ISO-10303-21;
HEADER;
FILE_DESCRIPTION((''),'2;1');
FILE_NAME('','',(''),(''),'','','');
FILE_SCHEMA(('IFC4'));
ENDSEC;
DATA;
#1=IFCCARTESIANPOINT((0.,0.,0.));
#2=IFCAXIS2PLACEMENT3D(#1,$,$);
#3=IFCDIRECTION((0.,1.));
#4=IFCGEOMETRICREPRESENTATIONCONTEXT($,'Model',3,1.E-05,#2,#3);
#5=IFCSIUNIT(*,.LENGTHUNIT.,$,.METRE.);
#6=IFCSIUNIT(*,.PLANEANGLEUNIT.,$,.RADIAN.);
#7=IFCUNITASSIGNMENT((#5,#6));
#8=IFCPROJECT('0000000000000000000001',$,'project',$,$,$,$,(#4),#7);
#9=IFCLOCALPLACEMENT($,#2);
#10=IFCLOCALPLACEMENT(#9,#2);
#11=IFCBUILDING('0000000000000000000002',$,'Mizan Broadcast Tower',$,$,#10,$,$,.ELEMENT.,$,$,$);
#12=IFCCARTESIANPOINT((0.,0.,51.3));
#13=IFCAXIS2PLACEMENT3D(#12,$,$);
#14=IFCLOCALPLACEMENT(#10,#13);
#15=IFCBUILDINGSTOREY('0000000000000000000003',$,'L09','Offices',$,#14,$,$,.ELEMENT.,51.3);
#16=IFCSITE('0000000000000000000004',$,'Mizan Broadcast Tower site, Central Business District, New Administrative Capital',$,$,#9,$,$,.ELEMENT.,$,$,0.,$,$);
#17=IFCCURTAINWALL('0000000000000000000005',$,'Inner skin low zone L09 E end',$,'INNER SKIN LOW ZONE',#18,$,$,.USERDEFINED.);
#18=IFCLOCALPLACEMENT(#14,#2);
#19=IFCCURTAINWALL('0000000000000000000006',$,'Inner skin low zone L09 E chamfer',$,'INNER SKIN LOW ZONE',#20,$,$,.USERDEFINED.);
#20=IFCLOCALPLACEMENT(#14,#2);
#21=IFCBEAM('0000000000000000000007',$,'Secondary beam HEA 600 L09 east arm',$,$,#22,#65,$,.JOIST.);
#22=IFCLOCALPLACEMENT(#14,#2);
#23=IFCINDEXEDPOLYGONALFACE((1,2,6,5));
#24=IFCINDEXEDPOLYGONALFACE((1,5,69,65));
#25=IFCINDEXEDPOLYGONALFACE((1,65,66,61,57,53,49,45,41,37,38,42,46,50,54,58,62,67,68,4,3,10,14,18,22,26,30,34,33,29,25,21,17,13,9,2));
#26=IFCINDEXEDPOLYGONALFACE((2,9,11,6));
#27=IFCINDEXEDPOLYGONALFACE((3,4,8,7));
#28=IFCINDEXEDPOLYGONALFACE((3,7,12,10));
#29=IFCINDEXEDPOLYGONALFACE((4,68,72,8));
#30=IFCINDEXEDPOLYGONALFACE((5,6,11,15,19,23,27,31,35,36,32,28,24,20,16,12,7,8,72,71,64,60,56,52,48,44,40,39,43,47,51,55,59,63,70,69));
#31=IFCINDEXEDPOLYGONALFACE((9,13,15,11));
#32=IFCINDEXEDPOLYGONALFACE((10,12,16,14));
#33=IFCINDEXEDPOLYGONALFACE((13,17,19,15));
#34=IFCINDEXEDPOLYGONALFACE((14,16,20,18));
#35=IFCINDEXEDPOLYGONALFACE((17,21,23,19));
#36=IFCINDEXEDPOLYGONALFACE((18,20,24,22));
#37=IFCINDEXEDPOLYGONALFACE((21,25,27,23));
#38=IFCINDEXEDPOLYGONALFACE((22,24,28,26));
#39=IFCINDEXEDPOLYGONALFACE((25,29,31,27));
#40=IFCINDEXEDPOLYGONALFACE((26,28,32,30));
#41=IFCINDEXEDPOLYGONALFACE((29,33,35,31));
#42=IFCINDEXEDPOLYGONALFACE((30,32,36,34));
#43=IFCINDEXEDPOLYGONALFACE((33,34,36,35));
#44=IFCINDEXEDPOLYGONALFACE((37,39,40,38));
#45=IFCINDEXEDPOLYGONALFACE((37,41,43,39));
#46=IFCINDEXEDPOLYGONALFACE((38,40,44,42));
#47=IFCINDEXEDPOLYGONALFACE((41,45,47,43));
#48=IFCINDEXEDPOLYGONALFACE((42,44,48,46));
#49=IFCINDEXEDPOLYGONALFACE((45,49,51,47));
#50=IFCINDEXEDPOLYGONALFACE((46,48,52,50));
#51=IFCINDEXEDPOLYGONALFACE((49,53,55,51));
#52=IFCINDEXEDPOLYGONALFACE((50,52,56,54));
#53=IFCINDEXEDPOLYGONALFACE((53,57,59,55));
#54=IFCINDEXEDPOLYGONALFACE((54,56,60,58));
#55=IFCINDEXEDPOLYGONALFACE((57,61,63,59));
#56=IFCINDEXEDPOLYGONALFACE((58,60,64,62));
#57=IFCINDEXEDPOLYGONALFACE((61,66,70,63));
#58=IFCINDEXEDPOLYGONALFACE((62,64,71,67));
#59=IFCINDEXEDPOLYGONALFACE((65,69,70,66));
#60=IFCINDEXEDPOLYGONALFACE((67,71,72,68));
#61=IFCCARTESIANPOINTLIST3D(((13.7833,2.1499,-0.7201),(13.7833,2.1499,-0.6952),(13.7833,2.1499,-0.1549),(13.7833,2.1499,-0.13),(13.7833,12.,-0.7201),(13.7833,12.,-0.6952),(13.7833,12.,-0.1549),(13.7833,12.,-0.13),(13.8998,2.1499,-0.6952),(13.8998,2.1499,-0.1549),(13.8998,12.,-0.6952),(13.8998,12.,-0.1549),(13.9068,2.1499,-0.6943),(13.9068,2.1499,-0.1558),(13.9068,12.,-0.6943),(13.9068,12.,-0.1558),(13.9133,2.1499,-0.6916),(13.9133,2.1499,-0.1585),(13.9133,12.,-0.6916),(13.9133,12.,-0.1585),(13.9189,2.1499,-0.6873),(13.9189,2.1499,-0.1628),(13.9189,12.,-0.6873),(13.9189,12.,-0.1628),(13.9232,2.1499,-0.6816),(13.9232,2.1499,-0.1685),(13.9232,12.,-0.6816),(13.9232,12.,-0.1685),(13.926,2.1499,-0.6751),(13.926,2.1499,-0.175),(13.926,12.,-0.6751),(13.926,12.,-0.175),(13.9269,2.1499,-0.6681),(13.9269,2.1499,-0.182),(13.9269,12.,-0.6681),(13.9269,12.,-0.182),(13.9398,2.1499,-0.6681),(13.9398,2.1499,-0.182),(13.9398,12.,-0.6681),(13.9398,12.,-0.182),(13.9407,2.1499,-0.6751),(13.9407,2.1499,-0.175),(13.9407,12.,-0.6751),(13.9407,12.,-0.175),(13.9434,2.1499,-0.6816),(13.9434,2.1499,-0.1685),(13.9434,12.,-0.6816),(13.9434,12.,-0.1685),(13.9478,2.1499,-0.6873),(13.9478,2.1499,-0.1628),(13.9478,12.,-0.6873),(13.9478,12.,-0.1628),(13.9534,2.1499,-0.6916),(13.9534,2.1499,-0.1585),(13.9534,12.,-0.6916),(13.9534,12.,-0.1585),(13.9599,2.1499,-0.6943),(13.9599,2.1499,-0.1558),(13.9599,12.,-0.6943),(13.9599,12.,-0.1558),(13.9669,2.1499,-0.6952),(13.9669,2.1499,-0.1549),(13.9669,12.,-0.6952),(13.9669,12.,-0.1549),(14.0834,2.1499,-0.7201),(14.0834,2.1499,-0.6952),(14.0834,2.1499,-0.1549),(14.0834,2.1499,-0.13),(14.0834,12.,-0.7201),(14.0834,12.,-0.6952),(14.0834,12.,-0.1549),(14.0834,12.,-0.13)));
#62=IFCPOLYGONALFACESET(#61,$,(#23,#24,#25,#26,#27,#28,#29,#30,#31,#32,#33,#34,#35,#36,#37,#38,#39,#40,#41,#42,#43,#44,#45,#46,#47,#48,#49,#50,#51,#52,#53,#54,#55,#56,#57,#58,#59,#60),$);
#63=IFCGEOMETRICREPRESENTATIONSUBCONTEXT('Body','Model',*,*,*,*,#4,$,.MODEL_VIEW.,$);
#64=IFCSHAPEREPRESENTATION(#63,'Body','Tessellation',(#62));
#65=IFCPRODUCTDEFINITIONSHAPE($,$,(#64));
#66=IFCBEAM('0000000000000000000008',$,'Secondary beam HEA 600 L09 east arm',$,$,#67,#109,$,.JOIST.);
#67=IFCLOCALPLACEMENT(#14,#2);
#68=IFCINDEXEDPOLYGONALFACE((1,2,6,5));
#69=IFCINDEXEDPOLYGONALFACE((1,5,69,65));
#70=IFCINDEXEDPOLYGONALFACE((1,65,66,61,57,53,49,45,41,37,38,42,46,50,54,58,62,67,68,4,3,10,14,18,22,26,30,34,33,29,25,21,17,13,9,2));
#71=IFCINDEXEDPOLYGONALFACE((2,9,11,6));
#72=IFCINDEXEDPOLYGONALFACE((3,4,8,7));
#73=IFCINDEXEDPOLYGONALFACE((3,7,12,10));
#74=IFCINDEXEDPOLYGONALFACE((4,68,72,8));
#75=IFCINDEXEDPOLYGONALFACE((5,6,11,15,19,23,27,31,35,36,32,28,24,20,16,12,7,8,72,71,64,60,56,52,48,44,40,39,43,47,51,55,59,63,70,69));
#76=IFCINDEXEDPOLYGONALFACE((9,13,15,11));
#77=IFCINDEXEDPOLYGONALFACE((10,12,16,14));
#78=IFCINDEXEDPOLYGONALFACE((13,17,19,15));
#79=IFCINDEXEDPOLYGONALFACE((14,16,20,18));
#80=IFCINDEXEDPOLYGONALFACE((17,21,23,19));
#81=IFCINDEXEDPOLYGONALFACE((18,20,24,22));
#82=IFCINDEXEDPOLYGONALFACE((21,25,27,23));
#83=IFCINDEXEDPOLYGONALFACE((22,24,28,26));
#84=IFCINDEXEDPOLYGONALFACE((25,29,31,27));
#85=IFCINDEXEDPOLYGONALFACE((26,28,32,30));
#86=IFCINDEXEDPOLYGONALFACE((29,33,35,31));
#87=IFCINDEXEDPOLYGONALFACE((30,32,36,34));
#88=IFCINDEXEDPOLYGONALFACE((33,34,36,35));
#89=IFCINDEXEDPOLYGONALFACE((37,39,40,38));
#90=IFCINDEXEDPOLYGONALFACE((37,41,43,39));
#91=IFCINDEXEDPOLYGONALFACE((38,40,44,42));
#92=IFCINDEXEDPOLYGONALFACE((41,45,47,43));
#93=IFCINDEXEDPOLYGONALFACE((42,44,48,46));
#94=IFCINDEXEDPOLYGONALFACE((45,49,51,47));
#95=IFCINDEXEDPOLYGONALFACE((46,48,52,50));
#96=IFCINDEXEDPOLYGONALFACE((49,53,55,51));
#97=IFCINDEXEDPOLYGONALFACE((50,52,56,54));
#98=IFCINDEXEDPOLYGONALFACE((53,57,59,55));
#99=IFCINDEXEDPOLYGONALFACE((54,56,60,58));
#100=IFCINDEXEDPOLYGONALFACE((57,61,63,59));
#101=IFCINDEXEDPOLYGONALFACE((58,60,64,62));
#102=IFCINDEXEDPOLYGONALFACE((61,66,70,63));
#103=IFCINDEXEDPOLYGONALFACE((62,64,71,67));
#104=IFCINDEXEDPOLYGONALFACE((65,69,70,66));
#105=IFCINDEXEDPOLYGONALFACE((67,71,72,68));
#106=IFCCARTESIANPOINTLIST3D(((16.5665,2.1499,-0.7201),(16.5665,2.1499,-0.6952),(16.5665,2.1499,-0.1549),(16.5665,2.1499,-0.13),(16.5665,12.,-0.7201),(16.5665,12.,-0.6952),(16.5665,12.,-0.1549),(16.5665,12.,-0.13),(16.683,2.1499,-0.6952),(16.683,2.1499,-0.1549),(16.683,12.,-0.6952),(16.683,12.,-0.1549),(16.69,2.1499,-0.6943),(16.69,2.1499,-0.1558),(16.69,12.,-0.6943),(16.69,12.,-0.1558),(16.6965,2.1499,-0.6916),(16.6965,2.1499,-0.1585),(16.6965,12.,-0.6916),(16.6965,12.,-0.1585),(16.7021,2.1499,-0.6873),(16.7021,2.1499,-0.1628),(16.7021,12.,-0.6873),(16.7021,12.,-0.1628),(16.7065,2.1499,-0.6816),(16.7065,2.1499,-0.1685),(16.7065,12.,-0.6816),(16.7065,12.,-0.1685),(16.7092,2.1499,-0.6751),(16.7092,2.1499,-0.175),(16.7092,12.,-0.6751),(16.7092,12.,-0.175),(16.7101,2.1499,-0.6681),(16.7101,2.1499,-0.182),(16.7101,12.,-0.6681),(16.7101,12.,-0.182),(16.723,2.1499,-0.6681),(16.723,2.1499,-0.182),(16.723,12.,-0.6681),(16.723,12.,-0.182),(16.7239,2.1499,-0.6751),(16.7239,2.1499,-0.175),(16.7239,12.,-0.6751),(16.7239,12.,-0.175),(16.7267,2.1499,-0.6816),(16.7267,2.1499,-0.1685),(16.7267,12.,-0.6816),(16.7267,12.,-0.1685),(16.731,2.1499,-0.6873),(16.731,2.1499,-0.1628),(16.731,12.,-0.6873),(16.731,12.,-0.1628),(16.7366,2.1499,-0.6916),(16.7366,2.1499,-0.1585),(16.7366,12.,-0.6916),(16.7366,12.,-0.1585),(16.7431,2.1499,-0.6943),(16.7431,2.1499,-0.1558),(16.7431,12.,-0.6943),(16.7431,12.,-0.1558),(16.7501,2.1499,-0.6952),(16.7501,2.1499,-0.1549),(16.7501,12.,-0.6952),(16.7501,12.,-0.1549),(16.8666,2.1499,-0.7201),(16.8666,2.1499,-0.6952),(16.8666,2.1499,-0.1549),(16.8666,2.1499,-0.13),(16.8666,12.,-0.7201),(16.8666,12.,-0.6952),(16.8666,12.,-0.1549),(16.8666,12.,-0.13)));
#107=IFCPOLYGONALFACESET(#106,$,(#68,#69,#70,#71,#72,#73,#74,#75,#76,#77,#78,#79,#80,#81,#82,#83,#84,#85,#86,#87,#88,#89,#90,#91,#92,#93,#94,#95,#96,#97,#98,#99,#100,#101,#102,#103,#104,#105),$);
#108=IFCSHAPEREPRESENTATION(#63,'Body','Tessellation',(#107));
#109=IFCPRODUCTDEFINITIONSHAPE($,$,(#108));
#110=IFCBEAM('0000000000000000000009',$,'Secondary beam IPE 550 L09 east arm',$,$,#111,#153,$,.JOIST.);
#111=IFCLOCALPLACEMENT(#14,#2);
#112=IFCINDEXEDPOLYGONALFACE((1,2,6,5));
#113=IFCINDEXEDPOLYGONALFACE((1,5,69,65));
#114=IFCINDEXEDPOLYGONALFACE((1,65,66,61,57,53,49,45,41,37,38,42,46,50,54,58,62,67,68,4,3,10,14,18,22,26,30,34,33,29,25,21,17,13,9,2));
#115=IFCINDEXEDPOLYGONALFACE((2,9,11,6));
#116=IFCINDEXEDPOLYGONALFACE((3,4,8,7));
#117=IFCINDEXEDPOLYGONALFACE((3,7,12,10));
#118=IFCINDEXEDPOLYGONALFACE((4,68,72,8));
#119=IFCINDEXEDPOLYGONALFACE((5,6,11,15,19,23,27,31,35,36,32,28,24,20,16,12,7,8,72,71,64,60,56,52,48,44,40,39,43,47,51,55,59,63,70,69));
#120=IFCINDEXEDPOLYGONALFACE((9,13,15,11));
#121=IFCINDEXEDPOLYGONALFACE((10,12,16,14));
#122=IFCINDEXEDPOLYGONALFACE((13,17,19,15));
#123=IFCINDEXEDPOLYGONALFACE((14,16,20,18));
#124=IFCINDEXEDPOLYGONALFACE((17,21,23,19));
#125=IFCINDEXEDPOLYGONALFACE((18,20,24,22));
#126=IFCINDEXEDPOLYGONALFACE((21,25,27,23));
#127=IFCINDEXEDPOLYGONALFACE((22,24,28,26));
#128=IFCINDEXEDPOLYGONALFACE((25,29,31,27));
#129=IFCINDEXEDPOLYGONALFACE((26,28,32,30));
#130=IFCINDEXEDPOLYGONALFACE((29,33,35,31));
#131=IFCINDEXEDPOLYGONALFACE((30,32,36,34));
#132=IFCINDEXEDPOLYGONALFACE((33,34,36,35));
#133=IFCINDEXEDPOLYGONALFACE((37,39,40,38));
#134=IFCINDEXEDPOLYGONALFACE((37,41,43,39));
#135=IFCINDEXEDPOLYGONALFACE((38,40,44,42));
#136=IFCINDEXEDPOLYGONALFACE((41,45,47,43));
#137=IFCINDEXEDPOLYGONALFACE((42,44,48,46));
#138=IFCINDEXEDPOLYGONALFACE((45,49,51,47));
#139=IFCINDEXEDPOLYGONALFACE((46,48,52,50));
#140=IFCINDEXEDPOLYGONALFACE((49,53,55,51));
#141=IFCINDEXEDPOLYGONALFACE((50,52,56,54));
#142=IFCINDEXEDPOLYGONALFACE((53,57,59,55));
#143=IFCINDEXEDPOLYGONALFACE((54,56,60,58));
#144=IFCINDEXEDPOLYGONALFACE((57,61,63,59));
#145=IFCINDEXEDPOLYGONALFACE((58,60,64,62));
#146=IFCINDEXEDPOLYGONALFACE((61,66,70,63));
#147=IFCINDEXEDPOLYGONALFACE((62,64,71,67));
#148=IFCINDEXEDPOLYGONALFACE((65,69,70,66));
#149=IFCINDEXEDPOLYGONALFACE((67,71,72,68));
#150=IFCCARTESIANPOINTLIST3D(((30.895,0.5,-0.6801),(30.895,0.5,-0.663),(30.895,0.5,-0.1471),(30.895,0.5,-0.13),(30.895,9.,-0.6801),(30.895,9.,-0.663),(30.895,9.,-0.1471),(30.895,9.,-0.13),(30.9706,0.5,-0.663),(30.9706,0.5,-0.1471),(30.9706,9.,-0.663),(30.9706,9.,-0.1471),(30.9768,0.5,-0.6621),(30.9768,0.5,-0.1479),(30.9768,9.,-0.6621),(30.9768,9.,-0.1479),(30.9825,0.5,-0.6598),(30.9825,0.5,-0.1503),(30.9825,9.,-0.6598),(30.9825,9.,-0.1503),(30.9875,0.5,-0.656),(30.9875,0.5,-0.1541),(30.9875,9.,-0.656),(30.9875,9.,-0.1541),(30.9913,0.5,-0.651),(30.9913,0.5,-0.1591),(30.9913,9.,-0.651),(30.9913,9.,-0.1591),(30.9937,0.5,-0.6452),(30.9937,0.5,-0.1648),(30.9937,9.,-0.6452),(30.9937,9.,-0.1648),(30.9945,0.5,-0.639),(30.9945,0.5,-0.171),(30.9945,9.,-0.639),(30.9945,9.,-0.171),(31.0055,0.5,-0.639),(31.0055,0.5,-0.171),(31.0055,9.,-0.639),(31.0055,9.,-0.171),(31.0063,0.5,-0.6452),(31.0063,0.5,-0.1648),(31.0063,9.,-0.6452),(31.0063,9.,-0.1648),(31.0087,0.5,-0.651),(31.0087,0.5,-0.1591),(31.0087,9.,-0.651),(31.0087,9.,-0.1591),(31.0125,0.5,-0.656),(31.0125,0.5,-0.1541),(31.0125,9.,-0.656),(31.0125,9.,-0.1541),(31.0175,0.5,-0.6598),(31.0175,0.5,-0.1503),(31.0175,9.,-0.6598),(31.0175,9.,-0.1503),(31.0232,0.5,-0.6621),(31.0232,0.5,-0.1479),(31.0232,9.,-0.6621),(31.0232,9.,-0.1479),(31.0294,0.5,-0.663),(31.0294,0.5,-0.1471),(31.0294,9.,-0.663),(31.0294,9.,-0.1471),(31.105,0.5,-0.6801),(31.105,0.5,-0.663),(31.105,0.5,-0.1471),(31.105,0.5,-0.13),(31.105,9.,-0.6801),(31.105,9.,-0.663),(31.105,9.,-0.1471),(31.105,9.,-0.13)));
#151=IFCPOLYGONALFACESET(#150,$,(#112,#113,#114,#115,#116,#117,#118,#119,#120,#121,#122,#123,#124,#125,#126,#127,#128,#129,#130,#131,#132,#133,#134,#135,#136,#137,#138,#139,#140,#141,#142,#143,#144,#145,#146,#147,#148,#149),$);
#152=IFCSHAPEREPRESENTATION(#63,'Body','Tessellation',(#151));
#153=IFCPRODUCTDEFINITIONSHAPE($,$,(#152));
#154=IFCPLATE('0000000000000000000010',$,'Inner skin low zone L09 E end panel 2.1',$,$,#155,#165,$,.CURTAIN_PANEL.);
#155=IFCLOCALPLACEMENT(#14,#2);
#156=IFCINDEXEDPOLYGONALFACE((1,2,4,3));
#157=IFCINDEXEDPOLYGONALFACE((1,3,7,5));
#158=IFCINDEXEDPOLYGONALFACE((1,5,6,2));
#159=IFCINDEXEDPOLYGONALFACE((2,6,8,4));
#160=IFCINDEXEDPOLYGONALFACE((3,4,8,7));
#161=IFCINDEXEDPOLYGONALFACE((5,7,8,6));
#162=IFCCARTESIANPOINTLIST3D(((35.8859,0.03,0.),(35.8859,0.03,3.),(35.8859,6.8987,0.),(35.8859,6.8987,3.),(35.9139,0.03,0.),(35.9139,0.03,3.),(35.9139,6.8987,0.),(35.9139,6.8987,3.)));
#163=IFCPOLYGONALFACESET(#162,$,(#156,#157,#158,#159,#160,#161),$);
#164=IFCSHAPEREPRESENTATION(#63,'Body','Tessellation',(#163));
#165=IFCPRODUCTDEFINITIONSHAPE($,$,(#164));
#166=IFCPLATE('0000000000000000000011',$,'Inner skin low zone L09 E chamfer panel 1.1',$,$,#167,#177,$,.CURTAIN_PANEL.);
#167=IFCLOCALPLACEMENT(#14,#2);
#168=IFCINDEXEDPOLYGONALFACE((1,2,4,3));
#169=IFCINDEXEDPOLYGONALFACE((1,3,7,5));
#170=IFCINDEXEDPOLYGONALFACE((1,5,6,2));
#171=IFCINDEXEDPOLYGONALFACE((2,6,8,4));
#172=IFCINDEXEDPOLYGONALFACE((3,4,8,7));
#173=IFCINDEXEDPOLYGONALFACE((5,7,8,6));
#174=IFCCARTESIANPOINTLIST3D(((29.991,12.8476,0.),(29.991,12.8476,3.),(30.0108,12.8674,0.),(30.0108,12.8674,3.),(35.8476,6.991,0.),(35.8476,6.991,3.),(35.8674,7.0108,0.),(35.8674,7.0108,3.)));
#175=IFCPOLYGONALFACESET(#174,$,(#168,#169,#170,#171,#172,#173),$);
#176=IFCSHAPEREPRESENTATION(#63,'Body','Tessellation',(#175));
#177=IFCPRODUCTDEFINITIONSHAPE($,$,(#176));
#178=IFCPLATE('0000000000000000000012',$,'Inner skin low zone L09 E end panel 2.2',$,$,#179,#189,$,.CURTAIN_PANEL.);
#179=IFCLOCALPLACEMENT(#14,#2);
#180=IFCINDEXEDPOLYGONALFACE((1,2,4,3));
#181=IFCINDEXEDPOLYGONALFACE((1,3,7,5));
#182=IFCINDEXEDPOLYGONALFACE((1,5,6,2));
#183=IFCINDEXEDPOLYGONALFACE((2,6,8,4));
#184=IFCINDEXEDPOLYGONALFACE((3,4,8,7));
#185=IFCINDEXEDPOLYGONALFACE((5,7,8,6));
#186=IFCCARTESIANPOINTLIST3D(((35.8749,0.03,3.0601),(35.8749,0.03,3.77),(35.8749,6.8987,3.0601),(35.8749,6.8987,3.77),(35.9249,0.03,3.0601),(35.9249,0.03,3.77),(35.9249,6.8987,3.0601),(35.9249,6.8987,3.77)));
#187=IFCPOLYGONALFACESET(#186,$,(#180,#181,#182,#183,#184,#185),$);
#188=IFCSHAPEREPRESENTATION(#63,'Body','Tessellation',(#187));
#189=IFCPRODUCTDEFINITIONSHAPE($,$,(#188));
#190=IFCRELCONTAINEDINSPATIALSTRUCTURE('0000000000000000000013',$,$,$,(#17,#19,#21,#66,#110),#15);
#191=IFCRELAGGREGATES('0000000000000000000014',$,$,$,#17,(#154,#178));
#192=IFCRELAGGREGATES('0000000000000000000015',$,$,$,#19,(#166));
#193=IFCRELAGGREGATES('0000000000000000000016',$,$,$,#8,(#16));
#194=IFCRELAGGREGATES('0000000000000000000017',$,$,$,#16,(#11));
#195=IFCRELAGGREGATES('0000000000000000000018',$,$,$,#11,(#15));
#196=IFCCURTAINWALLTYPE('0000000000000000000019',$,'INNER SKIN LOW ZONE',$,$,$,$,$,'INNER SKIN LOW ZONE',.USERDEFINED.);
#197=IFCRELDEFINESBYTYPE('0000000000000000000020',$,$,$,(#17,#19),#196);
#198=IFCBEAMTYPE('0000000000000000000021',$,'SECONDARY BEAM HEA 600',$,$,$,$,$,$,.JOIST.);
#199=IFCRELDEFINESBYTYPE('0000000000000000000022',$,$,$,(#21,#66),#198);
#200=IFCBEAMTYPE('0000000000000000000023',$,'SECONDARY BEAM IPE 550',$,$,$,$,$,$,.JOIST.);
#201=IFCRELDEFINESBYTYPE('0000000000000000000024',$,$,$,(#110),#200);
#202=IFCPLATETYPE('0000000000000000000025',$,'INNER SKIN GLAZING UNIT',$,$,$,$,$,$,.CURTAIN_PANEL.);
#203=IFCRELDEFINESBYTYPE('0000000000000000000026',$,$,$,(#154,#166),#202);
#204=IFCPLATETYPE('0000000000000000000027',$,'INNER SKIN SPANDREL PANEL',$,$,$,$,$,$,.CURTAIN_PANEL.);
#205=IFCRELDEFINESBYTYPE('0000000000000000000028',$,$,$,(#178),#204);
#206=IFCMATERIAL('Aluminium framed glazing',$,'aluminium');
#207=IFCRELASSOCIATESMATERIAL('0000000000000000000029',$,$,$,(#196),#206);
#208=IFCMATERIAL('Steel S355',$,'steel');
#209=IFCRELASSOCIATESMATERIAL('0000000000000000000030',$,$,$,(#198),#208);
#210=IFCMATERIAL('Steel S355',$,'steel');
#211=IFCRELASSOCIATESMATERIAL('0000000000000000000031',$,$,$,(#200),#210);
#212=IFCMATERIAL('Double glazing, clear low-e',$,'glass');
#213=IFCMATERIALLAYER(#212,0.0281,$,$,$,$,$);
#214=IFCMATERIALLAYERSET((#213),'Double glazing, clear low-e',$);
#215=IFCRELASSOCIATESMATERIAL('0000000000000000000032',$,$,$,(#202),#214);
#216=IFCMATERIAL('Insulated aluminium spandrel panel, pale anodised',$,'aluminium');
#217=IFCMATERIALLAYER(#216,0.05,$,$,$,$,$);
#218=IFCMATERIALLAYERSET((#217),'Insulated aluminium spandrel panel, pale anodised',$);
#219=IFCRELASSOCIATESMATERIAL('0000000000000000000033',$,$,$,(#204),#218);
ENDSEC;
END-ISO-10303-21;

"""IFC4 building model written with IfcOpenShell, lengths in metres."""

from ifc_helpers import new_model, si_unit, direction, frame, origin, origin_2d, place, context, subcontext, project, spatial, rectangle, i_section, extrude, material, layer, layer_set, material_profile, profile_set, type_object, element, aggregate, save


model = new_model("IFC4")

# Units and contexts
model_context = context("Model", 3, precision=1e-05, world=origin(), true_north=direction((0.0, 1.0)))
body_context = subcontext(model_context, "Body", "Model", "MODEL_VIEW")
ifc_project = project(units=[si_unit("LENGTHUNIT", "METRE"), si_unit("PLANEANGLEUNIT", "RADIAN")], contexts=[model_context])

# Site, building, storey
site_placement = place(None, origin())
site = spatial("IfcSite", under=ifc_project, at=site_placement, Name="Mizan Broadcast Tower site, Central Business District, New Administrative Capital", CompositionType="ELEMENT", RefElevation=0.0)
building_placement = place(site_placement, origin())
building = spatial("IfcBuilding", under=site, at=building_placement, Name="Mizan Broadcast Tower", CompositionType="ELEMENT")
storey_placement = place(building_placement, frame((0.0, 0.0, 51.3)))
storey = spatial("IfcBuildingStorey", under=building, at=storey_placement, Name="L09", Description="Offices", CompositionType="ELEMENT", Elevation=51.3)

# Curtain wall
ifc_material_1 = material(Name="Aluminium framed glazing", Category="aluminium")
curtain_wall_type_1 = type_object("IfcCurtainWallType", Name="INNER SKIN LOW ZONE", ElementType="INNER SKIN LOW ZONE", PredefinedType="USERDEFINED", material=ifc_material_1)
curtain_wall_1_placement = place(storey_placement, origin())
curtain_wall_1 = element("IfcCurtainWall", 1, at=curtain_wall_1_placement, inside=storey, type_object=curtain_wall_type_1, Name="Inner skin low zone L09 E end", ObjectType="INNER SKIN LOW ZONE", PredefinedType="USERDEFINED")

# Curtain wall
curtain_wall_2_placement = place(storey_placement, origin())
curtain_wall_2 = element("IfcCurtainWall", 2, at=curtain_wall_2_placement, inside=storey, type_object=curtain_wall_type_1, Name="Inner skin low zone L09 E chamfer", ObjectType="INNER SKIN LOW ZONE", PredefinedType="USERDEFINED")

# Beams
ifc_material_2 = material(Name="Steel S355", Category="steel")
ifc_material_profile_1 = material_profile(ifc_material_2, i_section(OverallWidth=0.3, OverallDepth=0.5901, WebThickness=0.0129, FlangeThickness=0.0249, FilletRadius=0.0271, at=origin_2d()), Name="HEA 600")
ifc_profile_set_1 = profile_set([ifc_material_profile_1], Name="Steel S355")
beam_type_1 = type_object("IfcBeamType", Name="SECONDARY BEAM HEA 600", PredefinedType="JOIST", material=ifc_profile_set_1)
for number, where, z_axis, x_axis, name in (
    (3, (13.9333, 12.0, -0.425), (0.0, -1.0, 0.0), (1.0, 0.0, 0.0), "Secondary beam HEA 600 L09 east arm"),
    (4, (16.7166, 12.0, -0.425), (0.0, -1.0, 0.0), (1.0, 0.0, 0.0), "Secondary beam HEA 600 L09 east arm"),
):
    element("IfcBeam", number, at=place(storey_placement, frame(where, z_axis=z_axis, x_axis=x_axis)), inside=storey, type_object=beam_type_1, Name=name, PredefinedType="JOIST", context=body_context, shape_type="SweptSolid", body=[
        extrude(i_section(OverallWidth=0.3, OverallDepth=0.5901, WebThickness=0.0129, FlangeThickness=0.0249, FilletRadius=0.0271, at=origin_2d()), origin(), (0.0, 0.0, 1.0), 9.8501),
    ])
ifc_material_3 = material(Name="Steel S355", Category="steel")
ifc_material_profile_2 = material_profile(ifc_material_3, i_section(OverallWidth=0.21, OverallDepth=0.55, WebThickness=0.011, FlangeThickness=0.0171, FilletRadius=0.0239, at=origin_2d()), Name="IPE 550")
ifc_profile_set_2 = profile_set([ifc_material_profile_2], Name="Steel S355")
beam_type_2 = type_object("IfcBeamType", Name="SECONDARY BEAM IPE 550", PredefinedType="JOIST", material=ifc_profile_set_2)
beam_1_placement = place(storey_placement, frame((31.0, 9.0, -0.405), z_axis=(0.0, -1.0, 0.0), x_axis=(1.0, 0.0, 0.0)))
element("IfcBeam", 5, at=beam_1_placement, inside=storey, type_object=beam_type_2, Name="Secondary beam IPE 550 L09 east arm", PredefinedType="JOIST", context=body_context, shape_type="SweptSolid", body=[
    extrude(i_section(OverallWidth=0.21, OverallDepth=0.55, WebThickness=0.011, FlangeThickness=0.0171, FilletRadius=0.0239, at=origin_2d()), origin(), (0.0, 0.0, 1.0), 8.5),
])

# Plates
ifc_material_4 = material(Name="Double glazing, clear low-e", Category="glass")
ifc_layer_1 = layer(ifc_material_4, 0.0281)
ifc_layer_set_1 = layer_set([ifc_layer_1], Name="Double glazing, clear low-e")
plate_type_1 = type_object("IfcPlateType", Name="INNER SKIN GLAZING UNIT", PredefinedType="CURTAIN_PANEL", material=ifc_layer_set_1)
plate_1_placement = place(storey_placement, frame((35.8999, 3.4644, 0.0), z_axis=(0.0, 0.0, 1.0), x_axis=(0.0, 1.0, 0.0)))
plate_1 = element("IfcPlate", 6, at=plate_1_placement, type_object=plate_type_1, Name="Inner skin low zone L09 E end panel 2.1", PredefinedType="CURTAIN_PANEL", context=body_context, shape_type="SweptSolid", body=[
    extrude(rectangle(XDim=6.8687, YDim=0.0281, at=origin_2d()), origin(), (0.0, 0.0, 1.0), 3.0),
])
plate_2_placement = place(storey_placement, frame((32.9292, 9.9292, 0.0), z_axis=(0.0, 0.0, 1.0), x_axis=(-0.707107, 0.707107, 0.0)))
plate_2 = element("IfcPlate", 7, at=plate_2_placement, type_object=plate_type_1, Name="Inner skin low zone L09 E chamfer panel 1.1", PredefinedType="CURTAIN_PANEL", context=body_context, shape_type="SweptSolid", body=[
    extrude(rectangle(XDim=8.2825, YDim=0.0281, at=origin_2d()), origin(), (0.0, 0.0, 1.0), 3.0),
])
ifc_material_5 = material(Name="Insulated aluminium spandrel panel, pale anodised", Category="aluminium")
ifc_layer_2 = layer(ifc_material_5, 0.05)
ifc_layer_set_2 = layer_set([ifc_layer_2], Name="Insulated aluminium spandrel panel, pale anodised")
plate_type_2 = type_object("IfcPlateType", Name="INNER SKIN SPANDREL PANEL", PredefinedType="CURTAIN_PANEL", material=ifc_layer_set_2)
plate_3_placement = place(storey_placement, frame((35.8999, 3.4644, 3.0601), z_axis=(0.0, 0.0, 1.0), x_axis=(0.0, 1.0, 0.0)))
plate_3 = element("IfcPlate", 8, at=plate_3_placement, type_object=plate_type_2, Name="Inner skin low zone L09 E end panel 2.2", PredefinedType="CURTAIN_PANEL", context=body_context, shape_type="SweptSolid", body=[
    extrude(rectangle(XDim=6.8687, YDim=0.05, at=origin_2d()), origin(), (0.0, 0.0, 1.0), 0.71),
])
aggregate(curtain_wall_1, [plate_1, plate_3])
aggregate(curtain_wall_2, [plate_2])

save(model, "model.ifc")
